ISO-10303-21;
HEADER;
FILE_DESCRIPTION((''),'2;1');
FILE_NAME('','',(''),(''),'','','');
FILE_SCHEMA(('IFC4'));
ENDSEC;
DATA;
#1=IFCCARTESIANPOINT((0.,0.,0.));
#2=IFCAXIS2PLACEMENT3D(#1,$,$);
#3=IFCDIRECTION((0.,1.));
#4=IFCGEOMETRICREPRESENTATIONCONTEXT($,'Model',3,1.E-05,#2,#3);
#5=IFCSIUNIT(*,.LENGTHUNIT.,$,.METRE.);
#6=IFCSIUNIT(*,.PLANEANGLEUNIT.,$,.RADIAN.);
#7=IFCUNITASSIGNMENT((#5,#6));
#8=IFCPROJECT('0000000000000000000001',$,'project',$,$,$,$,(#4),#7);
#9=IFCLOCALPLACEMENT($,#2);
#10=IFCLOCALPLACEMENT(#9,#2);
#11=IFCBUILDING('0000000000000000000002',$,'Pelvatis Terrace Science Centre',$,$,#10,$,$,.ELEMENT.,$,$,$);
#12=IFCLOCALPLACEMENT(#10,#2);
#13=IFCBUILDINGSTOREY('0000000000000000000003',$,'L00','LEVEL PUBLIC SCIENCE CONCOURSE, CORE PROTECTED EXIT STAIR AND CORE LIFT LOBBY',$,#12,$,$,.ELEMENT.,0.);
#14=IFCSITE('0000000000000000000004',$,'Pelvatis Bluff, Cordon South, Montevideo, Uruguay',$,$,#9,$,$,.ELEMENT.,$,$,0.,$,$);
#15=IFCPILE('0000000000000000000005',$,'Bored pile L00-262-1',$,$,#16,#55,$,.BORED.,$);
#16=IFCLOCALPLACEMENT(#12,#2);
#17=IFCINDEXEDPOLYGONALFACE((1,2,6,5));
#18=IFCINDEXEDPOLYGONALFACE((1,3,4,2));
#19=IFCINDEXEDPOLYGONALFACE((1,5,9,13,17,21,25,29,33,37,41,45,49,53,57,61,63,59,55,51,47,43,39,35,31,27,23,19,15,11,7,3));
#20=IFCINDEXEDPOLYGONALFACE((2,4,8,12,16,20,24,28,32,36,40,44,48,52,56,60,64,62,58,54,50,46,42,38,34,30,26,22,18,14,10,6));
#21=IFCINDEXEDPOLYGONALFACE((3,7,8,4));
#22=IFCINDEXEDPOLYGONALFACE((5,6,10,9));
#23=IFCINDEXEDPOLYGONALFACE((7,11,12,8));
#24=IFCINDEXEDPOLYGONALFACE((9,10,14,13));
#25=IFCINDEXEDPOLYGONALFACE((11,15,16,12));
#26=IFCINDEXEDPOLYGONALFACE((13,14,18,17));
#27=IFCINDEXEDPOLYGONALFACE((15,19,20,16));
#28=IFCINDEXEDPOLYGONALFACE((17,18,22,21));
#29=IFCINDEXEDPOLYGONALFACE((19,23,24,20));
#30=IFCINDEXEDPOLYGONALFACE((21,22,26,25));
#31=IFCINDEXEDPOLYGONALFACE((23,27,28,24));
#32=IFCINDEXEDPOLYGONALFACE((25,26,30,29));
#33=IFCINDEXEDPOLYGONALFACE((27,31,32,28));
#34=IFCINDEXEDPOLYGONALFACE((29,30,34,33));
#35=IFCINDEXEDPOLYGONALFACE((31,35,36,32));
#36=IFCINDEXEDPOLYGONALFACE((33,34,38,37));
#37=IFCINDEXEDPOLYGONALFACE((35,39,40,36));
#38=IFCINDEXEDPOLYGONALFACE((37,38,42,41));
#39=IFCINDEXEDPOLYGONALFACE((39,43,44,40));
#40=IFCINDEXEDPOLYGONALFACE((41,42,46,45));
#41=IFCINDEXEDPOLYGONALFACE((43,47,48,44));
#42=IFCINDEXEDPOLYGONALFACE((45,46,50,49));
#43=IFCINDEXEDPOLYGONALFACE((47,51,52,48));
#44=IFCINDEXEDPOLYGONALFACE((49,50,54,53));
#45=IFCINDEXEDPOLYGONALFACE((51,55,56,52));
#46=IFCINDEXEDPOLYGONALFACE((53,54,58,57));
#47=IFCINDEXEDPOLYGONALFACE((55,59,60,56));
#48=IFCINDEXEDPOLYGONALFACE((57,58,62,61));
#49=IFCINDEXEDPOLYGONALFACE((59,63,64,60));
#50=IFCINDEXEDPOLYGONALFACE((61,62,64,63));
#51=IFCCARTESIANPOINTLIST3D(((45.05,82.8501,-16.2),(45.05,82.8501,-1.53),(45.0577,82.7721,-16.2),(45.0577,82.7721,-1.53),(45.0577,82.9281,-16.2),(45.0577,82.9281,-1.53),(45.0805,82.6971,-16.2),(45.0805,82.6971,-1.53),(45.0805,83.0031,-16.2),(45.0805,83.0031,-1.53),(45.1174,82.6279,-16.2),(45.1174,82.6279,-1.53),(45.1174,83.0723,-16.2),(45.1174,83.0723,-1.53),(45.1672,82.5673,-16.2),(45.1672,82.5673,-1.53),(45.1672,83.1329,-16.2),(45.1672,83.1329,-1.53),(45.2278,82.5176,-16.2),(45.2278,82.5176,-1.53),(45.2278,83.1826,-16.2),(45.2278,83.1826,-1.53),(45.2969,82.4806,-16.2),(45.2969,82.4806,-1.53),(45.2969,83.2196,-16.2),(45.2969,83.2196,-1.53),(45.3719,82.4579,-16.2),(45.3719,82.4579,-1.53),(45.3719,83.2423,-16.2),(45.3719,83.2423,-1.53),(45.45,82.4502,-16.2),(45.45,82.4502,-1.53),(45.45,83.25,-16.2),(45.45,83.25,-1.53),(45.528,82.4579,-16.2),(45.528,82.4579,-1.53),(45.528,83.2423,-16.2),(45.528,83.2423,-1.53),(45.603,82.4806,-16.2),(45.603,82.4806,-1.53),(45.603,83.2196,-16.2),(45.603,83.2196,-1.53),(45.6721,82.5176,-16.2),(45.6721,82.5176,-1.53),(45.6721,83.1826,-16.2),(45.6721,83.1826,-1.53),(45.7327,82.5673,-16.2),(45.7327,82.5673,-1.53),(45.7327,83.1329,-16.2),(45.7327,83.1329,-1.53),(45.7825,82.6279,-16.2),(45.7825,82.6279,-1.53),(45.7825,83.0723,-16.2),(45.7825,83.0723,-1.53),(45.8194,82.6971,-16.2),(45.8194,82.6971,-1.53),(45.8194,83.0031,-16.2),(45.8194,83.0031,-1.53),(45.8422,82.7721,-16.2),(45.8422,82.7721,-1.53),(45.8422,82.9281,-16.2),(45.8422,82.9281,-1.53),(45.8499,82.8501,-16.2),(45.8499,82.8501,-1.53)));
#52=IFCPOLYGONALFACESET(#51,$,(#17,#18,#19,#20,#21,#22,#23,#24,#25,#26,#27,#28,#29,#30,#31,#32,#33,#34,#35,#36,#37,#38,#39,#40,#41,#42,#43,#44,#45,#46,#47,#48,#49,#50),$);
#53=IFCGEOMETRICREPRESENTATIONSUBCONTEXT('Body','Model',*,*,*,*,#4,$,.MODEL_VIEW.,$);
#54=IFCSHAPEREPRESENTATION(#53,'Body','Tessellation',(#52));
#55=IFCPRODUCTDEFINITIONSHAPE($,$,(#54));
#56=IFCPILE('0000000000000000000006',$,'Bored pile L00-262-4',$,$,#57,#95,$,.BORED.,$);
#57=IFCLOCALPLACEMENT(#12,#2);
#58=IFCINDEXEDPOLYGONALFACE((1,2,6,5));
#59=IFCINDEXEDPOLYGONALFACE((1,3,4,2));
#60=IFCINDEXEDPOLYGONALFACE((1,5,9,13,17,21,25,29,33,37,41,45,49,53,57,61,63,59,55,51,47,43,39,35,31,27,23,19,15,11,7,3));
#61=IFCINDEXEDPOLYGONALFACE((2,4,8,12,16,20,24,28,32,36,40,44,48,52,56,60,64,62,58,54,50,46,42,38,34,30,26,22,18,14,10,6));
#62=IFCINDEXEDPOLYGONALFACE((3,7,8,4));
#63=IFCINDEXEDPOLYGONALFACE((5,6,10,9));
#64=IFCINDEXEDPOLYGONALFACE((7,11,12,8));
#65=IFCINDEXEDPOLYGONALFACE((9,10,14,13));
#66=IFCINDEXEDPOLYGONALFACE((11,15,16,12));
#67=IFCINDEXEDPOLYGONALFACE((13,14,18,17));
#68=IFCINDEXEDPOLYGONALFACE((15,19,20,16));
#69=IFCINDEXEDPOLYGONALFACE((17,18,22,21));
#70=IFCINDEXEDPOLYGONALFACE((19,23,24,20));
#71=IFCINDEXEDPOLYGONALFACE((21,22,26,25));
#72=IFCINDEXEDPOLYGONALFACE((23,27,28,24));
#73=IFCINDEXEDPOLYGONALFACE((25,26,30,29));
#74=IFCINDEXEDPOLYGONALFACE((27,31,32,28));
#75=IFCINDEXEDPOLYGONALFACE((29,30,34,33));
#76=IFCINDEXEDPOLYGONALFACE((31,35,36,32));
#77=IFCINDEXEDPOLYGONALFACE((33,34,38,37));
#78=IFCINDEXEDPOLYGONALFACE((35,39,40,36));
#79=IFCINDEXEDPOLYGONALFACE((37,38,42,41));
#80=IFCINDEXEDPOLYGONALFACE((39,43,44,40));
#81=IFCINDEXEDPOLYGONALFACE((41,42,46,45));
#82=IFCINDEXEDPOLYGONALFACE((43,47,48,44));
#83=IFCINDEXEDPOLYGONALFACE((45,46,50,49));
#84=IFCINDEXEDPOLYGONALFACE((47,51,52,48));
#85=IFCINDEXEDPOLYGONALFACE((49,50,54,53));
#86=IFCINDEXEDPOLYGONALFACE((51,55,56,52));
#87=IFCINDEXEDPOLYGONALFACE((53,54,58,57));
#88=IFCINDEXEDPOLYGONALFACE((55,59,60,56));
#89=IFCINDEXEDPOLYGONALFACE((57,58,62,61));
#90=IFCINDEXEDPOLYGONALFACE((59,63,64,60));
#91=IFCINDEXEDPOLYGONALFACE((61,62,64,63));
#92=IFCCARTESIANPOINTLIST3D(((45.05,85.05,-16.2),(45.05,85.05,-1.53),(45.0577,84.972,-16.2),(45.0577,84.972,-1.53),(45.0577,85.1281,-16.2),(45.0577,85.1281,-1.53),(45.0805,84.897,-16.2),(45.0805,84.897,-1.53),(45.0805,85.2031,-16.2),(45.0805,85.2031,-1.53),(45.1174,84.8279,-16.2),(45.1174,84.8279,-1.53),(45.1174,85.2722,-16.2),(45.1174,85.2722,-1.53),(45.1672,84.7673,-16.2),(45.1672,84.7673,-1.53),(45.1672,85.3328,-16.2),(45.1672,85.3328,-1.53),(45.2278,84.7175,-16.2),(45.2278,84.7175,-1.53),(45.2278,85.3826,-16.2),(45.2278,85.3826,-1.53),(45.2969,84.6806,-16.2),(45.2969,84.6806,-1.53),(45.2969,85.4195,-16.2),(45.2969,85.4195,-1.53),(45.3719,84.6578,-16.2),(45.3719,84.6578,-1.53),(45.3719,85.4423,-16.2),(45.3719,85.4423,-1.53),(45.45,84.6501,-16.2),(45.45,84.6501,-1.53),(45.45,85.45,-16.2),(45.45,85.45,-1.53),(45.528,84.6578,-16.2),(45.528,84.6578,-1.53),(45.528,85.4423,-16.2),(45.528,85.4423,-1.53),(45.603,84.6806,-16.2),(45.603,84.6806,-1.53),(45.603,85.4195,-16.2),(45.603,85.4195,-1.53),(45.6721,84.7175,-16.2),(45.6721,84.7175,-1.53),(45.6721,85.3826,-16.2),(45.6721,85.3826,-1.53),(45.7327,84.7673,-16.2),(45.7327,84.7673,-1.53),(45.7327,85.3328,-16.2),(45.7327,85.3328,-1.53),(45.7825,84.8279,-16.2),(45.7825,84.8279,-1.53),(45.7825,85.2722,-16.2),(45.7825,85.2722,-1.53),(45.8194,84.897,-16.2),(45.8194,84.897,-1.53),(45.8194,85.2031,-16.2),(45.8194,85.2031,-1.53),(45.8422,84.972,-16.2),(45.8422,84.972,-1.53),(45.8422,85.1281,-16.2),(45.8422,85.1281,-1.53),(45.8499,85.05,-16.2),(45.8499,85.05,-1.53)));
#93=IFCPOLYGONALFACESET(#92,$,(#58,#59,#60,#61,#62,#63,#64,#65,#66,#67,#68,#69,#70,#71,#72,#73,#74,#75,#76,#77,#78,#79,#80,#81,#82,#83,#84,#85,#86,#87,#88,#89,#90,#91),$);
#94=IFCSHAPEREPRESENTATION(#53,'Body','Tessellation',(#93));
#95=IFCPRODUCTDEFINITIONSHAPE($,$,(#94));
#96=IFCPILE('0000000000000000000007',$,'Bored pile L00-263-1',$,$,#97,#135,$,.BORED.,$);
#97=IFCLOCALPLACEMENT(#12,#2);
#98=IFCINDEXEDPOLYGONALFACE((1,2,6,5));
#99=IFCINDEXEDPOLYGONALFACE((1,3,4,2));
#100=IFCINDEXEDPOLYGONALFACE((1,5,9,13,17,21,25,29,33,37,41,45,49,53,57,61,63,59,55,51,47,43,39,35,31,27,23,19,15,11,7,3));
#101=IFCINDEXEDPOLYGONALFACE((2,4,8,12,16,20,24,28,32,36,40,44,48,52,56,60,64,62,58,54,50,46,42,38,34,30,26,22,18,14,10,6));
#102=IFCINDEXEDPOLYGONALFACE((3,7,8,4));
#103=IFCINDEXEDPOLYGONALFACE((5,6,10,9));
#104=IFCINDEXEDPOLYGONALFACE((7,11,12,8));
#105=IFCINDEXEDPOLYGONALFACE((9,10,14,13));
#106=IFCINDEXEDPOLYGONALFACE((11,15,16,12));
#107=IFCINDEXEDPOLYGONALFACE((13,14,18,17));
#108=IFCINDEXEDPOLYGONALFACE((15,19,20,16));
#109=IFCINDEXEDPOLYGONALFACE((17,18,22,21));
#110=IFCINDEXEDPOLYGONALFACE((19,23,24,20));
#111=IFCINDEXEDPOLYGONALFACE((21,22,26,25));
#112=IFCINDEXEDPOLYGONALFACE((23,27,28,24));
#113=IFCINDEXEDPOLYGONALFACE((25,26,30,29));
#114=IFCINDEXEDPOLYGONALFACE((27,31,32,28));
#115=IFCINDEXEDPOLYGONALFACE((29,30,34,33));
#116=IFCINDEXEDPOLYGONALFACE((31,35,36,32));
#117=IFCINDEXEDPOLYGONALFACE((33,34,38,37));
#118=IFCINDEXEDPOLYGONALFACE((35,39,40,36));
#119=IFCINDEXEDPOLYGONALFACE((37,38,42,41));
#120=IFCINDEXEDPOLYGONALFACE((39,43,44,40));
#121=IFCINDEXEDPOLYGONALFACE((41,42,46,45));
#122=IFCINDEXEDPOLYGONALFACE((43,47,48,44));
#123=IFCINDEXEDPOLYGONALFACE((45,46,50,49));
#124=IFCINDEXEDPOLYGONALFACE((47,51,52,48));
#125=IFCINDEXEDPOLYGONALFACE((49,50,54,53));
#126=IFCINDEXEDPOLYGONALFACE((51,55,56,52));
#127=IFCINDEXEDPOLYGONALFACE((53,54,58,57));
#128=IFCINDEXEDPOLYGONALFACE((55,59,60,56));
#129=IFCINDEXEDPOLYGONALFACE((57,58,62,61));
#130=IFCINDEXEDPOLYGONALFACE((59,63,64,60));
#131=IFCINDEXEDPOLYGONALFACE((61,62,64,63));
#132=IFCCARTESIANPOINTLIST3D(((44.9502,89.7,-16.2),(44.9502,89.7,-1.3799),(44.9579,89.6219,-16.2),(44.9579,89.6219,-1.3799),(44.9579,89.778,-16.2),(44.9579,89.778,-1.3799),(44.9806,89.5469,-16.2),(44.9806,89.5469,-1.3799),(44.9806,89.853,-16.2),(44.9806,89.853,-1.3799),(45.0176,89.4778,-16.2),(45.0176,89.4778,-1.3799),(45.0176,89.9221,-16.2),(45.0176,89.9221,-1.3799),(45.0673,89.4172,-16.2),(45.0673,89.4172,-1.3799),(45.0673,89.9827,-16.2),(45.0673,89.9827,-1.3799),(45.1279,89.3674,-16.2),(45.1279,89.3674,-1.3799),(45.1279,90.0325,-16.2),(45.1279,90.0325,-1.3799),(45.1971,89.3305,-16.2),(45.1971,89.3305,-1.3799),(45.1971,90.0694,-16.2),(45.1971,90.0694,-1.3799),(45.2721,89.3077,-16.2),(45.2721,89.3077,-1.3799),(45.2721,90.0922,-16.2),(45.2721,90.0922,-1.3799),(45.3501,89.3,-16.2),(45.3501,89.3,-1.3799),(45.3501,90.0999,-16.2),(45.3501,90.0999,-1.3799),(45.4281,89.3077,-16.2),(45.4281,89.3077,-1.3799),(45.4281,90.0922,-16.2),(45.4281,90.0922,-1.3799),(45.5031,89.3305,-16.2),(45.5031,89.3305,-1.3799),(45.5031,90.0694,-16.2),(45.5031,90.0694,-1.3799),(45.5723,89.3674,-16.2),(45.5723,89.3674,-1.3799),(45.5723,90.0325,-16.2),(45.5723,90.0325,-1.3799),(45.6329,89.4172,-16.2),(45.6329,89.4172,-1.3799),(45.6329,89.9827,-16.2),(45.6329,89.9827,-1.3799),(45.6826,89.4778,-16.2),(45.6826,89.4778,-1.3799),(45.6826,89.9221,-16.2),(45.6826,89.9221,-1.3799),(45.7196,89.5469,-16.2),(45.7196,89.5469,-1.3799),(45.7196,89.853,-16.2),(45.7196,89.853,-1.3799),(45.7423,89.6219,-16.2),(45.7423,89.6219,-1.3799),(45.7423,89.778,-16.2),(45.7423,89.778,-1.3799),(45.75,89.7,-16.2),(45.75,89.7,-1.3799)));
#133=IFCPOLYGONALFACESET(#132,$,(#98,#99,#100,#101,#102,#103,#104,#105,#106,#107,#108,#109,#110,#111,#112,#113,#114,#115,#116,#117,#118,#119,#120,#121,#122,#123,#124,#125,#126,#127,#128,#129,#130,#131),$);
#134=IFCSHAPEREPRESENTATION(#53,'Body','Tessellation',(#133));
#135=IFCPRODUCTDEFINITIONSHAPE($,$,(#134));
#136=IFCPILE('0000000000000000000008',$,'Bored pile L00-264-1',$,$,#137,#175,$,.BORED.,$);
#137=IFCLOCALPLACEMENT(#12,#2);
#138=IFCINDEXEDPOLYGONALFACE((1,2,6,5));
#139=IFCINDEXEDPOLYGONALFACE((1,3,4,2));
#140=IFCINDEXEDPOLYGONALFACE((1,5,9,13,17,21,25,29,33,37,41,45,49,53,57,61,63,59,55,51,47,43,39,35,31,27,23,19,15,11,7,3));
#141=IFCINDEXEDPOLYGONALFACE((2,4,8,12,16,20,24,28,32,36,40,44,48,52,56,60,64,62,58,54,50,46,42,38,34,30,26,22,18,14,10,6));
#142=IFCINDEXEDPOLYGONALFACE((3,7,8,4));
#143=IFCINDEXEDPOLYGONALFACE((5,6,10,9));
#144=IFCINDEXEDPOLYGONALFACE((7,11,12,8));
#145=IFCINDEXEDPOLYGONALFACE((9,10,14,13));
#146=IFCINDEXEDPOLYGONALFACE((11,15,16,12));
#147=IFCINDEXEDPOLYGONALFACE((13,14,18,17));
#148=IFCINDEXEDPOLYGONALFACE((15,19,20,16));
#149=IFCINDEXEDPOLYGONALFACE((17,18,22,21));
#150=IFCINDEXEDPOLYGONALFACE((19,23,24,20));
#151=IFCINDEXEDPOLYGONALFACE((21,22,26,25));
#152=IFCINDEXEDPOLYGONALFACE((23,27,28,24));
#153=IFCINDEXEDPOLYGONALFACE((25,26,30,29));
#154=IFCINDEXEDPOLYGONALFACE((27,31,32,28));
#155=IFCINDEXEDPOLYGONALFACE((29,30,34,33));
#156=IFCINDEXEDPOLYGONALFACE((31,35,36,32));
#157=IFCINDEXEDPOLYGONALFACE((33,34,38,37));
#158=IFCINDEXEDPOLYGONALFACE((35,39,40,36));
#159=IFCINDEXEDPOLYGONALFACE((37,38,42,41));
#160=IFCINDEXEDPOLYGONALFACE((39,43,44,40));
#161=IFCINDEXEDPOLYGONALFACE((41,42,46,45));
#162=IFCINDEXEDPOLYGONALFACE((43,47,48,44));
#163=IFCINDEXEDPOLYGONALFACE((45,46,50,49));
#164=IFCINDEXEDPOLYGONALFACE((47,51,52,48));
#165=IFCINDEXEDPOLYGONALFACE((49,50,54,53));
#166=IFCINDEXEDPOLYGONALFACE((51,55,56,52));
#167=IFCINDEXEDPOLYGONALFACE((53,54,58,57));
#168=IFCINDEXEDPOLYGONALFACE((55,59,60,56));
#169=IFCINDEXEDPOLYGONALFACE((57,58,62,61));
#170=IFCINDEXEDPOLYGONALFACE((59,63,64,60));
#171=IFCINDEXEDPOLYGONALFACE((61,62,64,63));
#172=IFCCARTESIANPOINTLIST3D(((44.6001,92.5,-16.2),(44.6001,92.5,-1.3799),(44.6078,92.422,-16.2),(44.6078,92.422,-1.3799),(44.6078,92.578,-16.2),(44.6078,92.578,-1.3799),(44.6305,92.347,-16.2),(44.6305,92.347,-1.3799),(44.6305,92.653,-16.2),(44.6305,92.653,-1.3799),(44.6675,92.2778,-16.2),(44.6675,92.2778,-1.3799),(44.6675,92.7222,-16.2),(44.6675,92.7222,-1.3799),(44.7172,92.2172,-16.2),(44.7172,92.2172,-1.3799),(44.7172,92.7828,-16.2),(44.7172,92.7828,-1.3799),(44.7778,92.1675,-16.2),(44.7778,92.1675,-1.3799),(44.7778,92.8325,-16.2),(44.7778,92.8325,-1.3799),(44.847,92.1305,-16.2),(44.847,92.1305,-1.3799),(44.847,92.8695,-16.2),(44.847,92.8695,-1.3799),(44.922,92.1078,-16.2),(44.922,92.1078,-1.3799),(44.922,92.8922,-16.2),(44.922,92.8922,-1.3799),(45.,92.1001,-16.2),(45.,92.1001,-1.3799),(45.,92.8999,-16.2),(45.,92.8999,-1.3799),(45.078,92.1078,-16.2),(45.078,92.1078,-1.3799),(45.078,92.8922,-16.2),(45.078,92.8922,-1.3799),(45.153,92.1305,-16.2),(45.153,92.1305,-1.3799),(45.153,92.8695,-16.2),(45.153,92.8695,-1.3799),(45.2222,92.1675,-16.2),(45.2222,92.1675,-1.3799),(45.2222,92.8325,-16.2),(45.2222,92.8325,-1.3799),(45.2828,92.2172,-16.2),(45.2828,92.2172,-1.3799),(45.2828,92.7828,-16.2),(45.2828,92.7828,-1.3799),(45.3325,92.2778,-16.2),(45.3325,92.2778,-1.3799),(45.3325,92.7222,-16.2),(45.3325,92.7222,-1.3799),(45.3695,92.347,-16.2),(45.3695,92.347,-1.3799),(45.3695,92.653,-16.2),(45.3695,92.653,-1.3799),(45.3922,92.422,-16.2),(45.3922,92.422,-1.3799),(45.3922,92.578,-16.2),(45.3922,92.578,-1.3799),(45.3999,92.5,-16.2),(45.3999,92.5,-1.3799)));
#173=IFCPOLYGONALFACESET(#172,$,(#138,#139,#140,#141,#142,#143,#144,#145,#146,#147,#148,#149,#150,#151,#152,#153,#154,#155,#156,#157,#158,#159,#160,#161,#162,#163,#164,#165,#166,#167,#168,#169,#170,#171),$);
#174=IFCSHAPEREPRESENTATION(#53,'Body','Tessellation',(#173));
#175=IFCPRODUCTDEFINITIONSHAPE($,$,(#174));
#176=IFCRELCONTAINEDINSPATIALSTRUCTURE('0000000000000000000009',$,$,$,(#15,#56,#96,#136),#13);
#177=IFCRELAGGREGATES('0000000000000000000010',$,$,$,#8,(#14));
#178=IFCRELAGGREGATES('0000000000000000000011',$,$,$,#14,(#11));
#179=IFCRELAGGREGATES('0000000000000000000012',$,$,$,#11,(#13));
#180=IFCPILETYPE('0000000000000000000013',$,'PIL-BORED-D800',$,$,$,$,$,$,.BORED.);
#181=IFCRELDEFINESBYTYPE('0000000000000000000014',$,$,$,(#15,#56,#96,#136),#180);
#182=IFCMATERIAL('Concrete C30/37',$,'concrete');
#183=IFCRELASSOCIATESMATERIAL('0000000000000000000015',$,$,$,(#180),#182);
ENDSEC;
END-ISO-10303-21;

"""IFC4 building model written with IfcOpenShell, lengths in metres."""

from ifc_helpers import new_model, si_unit, direction, frame, origin, origin_2d, place, context, subcontext, project, spatial, circle, extrude, material, material_profile, profile_set, type_object, element, save


model = new_model("IFC4")

# Units and contexts
model_context = context("Model", 3, precision=1e-05, world=origin(), true_north=direction((0.0, 1.0)))
body_context = subcontext(model_context, "Body", "Model", "MODEL_VIEW")
ifc_project = project(units=[si_unit("LENGTHUNIT", "METRE"), si_unit("PLANEANGLEUNIT", "RADIAN")], contexts=[model_context])

# Site, building, storey
site_placement = place(None, origin())
site = spatial("IfcSite", under=ifc_project, at=site_placement, Name="Pelvatis Bluff, Cordon South, Montevideo, Uruguay", CompositionType="ELEMENT", RefElevation=0.0)
building_placement = place(site_placement, origin())
building = spatial("IfcBuilding", under=site, at=building_placement, Name="Pelvatis Terrace Science Centre", CompositionType="ELEMENT")
storey_placement = place(building_placement, origin())
storey = spatial("IfcBuildingStorey", under=building, at=storey_placement, Name="L00", Description="LEVEL PUBLIC SCIENCE CONCOURSE, CORE PROTECTED EXIT STAIR AND CORE LIFT LOBBY", CompositionType="ELEMENT", Elevation=0.0)

# Piles
ifc_material_1 = material(Name="Concrete C30/37", Category="concrete")
ifc_material_profile_1 = material_profile(ifc_material_1, circle(Radius=0.3999, at=origin_2d()), Name="PILE D800")
ifc_profile_set_1 = profile_set([ifc_material_profile_1], Name="Concrete C30/37")
pile_type = type_object("IfcPileType", Name="PIL-BORED-D800", PredefinedType="BORED", material=ifc_profile_set_1)
for number, where, z_axis, x_axis, name in (
    (1, (45.45, 82.8501, -1.53), (0.0, 0.0, -1.0), (1.0, 0.0, 0.0), "Bored pile L00-262-1"),
    (2, (45.45, 85.05, -1.53), (0.0, 0.0, -1.0), (1.0, 0.0, 0.0), "Bored pile L00-262-4"),
):
    element("IfcPile", number, at=place(storey_placement, frame(where, z_axis=z_axis, x_axis=x_axis)), inside=storey, type_object=pile_type, Name=name, PredefinedType="BORED", context=body_context, shape_type="SweptSolid", body=[
        extrude(circle(Radius=0.3999, at=origin_2d()), origin(), (0.0, 0.0, 1.0), 14.6699),
    ])
for number, where, z_axis, x_axis, name in (
    (3, (45.3501, 89.7, -1.3799), (0.0, 0.0, -1.0), (1.0, 0.0, 0.0), "Bored pile L00-263-1"),
    (4, (45.0, 92.5, -1.3799), (0.0, 0.0, -1.0), (1.0, 0.0, 0.0), "Bored pile L00-264-1"),
):
    element("IfcPile", number, at=place(storey_placement, frame(where, z_axis=z_axis, x_axis=x_axis)), inside=storey, type_object=pile_type, Name=name, PredefinedType="BORED", context=body_context, shape_type="SweptSolid", body=[
        extrude(circle(Radius=0.3999, at=origin_2d()), origin(), (0.0, 0.0, 1.0), 14.8201),
    ])

save(model, "model.ifc")
